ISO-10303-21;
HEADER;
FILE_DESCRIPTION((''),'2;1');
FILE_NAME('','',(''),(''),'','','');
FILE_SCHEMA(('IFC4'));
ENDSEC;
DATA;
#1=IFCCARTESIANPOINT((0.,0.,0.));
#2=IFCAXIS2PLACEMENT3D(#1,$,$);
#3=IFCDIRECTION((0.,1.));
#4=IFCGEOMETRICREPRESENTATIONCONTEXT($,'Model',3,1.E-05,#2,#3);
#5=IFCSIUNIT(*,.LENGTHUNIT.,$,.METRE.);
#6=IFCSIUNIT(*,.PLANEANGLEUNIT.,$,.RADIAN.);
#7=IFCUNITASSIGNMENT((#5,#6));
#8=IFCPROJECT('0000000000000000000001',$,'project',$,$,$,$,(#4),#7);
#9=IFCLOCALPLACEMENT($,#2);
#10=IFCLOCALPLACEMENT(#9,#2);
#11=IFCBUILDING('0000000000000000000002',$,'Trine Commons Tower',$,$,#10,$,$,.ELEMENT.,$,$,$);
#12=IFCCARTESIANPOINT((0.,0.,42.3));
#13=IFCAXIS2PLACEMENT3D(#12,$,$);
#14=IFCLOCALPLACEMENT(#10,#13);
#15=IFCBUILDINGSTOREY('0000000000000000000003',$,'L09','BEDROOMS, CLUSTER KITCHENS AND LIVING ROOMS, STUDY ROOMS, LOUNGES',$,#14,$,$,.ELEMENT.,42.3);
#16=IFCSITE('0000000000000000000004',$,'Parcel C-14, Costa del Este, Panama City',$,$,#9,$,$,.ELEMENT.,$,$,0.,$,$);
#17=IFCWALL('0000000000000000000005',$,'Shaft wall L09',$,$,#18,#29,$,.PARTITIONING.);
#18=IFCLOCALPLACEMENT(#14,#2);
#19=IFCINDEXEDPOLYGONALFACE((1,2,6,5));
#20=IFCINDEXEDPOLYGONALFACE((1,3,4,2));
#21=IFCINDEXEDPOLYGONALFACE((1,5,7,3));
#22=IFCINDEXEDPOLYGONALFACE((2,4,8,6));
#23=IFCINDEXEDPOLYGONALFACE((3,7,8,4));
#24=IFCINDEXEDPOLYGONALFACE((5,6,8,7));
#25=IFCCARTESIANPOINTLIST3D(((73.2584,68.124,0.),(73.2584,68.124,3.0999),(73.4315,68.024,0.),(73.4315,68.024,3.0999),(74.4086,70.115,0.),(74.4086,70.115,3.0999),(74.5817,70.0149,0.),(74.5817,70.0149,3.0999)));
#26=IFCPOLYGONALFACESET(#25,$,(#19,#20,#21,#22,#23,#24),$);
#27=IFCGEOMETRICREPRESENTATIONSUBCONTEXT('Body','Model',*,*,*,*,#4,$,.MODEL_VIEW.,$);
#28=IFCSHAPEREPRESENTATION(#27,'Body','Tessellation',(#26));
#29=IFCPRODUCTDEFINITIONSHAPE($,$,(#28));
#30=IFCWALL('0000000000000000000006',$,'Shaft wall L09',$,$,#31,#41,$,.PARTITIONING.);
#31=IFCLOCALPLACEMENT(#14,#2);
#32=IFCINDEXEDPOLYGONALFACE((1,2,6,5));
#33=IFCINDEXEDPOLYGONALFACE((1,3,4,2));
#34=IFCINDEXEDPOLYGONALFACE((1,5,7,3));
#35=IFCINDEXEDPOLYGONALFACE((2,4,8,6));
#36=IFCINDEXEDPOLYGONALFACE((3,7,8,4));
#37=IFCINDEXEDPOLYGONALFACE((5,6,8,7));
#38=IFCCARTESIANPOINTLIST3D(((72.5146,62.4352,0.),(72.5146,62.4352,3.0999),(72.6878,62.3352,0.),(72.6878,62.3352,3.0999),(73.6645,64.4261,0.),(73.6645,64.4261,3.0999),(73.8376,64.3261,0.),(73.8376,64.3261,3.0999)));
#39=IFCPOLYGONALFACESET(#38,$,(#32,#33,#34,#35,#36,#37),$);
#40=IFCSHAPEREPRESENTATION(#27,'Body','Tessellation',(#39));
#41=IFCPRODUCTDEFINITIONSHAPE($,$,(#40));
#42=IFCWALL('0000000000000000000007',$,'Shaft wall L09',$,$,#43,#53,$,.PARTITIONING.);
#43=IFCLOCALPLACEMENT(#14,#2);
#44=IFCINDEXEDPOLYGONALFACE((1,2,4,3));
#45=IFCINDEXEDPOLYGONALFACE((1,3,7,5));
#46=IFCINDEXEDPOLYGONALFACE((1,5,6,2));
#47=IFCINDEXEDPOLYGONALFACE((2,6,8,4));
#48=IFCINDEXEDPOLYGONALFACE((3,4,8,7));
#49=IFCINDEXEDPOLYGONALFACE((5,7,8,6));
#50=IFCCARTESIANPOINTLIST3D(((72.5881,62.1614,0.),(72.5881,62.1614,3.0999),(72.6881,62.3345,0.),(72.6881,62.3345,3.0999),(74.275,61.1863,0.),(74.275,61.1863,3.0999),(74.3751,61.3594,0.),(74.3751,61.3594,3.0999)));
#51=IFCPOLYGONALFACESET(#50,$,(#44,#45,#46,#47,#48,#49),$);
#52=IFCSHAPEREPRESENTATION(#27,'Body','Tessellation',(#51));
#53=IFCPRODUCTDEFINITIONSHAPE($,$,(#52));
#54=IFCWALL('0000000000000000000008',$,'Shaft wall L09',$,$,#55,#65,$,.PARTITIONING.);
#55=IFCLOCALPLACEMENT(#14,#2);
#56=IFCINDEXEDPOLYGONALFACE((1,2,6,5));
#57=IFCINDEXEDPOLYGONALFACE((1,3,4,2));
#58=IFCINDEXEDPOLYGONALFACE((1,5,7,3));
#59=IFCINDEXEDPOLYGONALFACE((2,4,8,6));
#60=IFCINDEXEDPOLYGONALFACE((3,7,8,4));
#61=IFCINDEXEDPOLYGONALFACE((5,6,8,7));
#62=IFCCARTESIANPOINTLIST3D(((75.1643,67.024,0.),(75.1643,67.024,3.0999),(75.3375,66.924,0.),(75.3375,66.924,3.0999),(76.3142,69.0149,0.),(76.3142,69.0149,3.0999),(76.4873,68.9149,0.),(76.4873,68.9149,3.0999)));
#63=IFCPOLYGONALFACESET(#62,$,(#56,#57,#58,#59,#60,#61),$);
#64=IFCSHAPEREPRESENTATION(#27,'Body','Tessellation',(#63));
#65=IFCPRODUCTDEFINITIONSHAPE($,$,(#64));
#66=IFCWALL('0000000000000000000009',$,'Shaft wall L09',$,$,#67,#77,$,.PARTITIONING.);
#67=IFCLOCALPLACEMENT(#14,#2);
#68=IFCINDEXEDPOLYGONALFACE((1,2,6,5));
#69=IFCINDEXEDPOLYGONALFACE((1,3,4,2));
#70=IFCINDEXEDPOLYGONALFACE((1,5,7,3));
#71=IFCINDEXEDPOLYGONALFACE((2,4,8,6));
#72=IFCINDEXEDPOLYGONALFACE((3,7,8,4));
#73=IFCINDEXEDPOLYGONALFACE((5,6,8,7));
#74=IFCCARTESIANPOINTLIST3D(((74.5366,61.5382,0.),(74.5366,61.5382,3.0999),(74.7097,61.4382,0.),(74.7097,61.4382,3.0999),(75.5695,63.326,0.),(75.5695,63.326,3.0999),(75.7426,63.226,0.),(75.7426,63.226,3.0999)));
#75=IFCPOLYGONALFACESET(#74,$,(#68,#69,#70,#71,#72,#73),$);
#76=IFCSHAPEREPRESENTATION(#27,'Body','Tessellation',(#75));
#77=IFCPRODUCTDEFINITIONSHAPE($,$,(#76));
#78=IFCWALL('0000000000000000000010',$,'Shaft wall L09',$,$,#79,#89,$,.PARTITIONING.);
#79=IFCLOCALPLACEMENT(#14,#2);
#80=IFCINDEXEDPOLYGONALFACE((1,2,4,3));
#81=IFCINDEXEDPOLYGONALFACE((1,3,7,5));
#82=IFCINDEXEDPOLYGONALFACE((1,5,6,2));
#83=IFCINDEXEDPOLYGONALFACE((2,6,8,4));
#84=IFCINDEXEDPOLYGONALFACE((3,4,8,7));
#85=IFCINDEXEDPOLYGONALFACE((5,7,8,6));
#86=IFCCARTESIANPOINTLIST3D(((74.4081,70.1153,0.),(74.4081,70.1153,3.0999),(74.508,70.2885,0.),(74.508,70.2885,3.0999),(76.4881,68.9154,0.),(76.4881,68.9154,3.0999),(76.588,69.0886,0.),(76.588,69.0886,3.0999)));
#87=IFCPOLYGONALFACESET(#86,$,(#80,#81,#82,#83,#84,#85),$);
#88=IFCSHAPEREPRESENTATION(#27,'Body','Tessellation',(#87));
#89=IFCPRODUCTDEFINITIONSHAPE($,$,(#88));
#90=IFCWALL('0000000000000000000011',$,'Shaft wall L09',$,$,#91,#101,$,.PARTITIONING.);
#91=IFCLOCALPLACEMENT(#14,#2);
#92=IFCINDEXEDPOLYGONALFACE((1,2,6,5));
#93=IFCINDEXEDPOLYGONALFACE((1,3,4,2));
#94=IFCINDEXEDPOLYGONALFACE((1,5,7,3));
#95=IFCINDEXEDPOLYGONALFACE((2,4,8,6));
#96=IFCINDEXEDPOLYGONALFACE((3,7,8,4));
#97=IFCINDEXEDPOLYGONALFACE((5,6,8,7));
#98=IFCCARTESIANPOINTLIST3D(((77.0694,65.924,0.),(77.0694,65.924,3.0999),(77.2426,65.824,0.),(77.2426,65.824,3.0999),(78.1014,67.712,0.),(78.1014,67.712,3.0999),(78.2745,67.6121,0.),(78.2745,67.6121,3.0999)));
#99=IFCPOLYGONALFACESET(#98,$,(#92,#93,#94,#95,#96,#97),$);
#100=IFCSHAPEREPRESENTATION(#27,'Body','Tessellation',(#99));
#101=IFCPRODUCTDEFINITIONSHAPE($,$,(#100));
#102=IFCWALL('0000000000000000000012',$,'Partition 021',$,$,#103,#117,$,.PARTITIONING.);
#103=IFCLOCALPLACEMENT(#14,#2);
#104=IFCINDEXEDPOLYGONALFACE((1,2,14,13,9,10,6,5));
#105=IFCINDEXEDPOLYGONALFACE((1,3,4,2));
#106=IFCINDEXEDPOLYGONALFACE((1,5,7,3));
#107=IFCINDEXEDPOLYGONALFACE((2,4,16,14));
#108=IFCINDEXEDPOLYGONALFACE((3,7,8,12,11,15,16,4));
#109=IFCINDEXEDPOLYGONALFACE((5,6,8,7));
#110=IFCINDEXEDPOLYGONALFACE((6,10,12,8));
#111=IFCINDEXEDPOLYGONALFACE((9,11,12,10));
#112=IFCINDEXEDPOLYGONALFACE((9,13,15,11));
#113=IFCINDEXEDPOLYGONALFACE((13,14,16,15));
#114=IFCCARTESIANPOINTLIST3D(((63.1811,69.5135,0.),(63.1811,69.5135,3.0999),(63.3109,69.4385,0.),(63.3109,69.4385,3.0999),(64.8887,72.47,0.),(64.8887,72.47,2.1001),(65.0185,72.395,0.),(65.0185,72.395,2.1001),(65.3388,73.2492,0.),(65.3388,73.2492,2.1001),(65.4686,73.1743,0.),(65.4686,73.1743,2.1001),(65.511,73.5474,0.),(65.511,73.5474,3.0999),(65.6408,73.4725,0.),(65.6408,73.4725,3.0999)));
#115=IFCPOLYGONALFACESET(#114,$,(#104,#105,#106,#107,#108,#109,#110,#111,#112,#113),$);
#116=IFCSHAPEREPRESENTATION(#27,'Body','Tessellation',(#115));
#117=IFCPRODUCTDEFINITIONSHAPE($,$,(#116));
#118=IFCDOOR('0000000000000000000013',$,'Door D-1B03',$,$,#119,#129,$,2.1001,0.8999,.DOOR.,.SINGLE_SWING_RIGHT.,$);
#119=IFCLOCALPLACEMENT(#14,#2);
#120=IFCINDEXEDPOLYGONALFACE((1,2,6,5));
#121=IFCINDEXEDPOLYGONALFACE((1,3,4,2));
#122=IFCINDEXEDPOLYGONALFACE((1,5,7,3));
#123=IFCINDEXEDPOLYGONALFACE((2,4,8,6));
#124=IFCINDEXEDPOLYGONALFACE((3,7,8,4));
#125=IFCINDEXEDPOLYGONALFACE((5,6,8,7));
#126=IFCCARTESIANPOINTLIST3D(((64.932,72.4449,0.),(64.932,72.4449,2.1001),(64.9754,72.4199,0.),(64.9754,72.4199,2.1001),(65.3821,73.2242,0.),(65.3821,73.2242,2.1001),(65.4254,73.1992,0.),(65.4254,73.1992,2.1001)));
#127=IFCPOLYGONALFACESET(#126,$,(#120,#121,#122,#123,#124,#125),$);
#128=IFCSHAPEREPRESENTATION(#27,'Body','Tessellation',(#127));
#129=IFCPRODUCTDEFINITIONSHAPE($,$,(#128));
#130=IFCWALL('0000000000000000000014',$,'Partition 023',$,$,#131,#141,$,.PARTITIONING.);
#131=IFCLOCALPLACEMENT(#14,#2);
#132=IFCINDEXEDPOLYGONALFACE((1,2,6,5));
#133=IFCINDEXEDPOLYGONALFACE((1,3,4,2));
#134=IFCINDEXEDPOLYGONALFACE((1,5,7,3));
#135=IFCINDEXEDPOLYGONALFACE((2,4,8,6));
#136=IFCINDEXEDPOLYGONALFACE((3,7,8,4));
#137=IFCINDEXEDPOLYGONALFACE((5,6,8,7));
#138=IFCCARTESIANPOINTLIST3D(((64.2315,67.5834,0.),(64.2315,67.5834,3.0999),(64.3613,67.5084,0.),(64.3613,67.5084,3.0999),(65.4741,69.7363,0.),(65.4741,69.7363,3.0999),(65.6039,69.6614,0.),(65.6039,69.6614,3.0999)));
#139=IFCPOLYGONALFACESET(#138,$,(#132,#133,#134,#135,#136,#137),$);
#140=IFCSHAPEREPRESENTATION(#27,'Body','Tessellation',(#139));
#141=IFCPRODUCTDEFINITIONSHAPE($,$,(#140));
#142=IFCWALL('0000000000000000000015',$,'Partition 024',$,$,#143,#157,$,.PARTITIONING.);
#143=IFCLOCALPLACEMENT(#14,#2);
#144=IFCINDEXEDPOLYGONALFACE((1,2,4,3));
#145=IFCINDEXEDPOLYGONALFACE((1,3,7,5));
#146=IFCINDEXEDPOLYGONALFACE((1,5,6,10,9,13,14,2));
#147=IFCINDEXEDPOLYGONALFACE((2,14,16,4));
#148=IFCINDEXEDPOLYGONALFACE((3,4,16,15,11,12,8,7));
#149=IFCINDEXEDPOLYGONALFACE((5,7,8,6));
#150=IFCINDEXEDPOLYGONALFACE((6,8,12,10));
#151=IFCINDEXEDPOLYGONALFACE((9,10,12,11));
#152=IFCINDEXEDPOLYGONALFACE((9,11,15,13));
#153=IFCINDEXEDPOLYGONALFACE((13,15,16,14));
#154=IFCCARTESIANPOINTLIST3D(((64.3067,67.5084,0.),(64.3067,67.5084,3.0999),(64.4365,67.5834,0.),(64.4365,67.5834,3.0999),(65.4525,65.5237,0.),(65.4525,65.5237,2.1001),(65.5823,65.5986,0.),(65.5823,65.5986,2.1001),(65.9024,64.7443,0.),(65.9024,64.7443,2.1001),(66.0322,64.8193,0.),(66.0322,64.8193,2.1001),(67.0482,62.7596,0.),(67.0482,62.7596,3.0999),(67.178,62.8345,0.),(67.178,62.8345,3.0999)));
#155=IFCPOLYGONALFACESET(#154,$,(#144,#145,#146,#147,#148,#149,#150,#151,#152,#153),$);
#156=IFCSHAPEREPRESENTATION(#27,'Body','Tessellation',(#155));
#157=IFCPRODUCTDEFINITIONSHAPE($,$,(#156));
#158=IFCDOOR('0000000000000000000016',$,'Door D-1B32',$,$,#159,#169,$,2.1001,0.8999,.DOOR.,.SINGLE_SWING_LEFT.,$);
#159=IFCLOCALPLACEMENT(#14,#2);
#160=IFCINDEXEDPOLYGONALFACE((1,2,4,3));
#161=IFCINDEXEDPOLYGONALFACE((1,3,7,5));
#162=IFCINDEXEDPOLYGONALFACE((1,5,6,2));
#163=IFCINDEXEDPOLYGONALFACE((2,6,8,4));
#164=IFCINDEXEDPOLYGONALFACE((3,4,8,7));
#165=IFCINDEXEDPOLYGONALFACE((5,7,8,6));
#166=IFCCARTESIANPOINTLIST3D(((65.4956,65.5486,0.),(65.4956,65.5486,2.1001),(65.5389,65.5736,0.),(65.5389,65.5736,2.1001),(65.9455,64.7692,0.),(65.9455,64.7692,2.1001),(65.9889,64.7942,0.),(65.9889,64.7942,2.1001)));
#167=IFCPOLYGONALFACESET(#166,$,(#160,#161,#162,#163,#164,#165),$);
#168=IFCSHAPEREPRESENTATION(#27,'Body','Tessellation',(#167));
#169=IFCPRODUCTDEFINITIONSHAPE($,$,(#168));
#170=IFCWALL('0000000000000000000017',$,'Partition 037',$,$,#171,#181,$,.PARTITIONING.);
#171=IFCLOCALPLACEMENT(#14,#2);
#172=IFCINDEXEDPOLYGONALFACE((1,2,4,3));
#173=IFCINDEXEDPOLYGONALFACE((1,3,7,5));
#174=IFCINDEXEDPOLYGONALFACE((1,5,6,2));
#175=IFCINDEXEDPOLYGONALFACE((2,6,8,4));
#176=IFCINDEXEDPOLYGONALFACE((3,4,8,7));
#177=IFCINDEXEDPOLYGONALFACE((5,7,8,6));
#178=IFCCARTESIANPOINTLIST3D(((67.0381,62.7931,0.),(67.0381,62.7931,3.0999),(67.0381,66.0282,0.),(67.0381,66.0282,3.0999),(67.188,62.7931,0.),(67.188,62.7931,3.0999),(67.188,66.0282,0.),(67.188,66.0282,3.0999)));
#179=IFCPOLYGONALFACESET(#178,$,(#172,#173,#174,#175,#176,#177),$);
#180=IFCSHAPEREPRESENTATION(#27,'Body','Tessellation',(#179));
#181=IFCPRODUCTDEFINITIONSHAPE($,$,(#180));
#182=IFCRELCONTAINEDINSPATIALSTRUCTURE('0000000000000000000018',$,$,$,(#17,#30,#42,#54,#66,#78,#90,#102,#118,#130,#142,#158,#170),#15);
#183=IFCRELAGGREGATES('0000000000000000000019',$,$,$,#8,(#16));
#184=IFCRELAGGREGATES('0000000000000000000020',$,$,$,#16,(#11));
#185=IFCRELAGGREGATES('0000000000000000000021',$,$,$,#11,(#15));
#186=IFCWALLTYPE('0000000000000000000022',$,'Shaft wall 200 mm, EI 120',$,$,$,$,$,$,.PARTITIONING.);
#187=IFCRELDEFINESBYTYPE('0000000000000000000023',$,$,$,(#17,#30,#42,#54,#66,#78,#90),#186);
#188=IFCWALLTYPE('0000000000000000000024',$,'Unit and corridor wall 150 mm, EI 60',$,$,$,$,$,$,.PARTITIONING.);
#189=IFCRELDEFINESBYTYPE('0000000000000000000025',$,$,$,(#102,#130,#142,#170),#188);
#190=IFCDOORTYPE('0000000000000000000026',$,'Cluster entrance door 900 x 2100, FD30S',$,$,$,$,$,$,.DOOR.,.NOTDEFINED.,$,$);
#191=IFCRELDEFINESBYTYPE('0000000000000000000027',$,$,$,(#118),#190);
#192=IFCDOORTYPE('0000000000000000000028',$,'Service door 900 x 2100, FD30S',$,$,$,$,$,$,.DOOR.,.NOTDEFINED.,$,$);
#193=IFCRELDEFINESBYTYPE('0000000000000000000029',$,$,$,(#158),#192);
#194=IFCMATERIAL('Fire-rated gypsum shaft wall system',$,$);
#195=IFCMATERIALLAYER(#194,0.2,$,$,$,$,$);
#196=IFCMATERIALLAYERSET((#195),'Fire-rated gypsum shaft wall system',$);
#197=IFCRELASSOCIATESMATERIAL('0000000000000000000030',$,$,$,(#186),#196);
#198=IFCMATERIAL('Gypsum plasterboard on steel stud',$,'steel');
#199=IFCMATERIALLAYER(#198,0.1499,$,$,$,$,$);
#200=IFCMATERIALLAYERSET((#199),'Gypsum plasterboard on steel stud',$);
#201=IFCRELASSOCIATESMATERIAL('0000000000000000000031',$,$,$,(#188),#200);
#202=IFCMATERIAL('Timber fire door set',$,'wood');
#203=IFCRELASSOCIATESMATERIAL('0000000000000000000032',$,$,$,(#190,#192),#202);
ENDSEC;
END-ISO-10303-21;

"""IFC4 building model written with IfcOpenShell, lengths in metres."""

from ifc_helpers import new_model, si_unit, direction, frame, frame_2d, origin, place, context, subcontext, project, spatial, rectangle, extrude, material, layer, layer_set, type_object, element, fill, save


model = new_model("IFC4")

# Units and contexts
model_context = context("Model", 3, precision=1e-05, world=origin(), true_north=direction((0.0, 1.0)))
body_context = subcontext(model_context, "Body", "Model", "MODEL_VIEW")
ifc_project = project(units=[si_unit("LENGTHUNIT", "METRE"), si_unit("PLANEANGLEUNIT", "RADIAN")], contexts=[model_context])

# Site, building, storey
site_placement = place(None, origin())
site = spatial("IfcSite", under=ifc_project, at=site_placement, Name="Parcel C-14, Costa del Este, Panama City", CompositionType="ELEMENT", RefElevation=0.0)
building_placement = place(site_placement, origin())
building = spatial("IfcBuilding", under=site, at=building_placement, Name="Trine Commons Tower", CompositionType="ELEMENT")
storey_placement = place(building_placement, frame((0.0, 0.0, 42.3)))
storey = spatial("IfcBuildingStorey", under=building, at=storey_placement, Name="L09", Description="BEDROOMS, CLUSTER KITCHENS AND LIVING ROOMS, STUDY ROOMS, LOUNGES", CompositionType="ELEMENT", Elevation=42.3)

# Shared definitions
ifc_material_1 = material(Name="Fire-rated gypsum shaft wall system")

# Walls
ifc_layer_1 = layer(ifc_material_1, 0.2)
ifc_layer_set_1 = layer_set([ifc_layer_1], Name="Fire-rated gypsum shaft wall system")
wall_type_1 = type_object("IfcWallType", Name="Shaft wall 200 mm, EI 120", PredefinedType="PARTITIONING", material=ifc_layer_set_1)
wall_1_placement = place(storey_placement, frame((73.345, 68.074, 0.0), z_axis=(0.0, 0.0, 1.0), x_axis=(0.500216, 0.865901, 0.0)))
element("IfcWall", 1, at=wall_1_placement, inside=storey, type_object=wall_type_1, Name="Shaft wall L09", PredefinedType="PARTITIONING", context=body_context, shape_type="SweptSolid", body=[
    extrude(rectangle(XDim=2.2993, YDim=0.2, at=frame_2d((1.1497, 0.0))), origin(), (0.0, 0.0, 1.0), 3.0999),
])
wall_2_placement = place(storey_placement, frame((73.751, 64.376, 0.0), z_axis=(0.0, 0.0, 1.0), x_axis=(-0.500136, -0.865947, 0.0)))
element("IfcWall", 2, at=wall_2_placement, inside=storey, type_object=wall_type_1, Name="Shaft wall L09", PredefinedType="PARTITIONING", context=body_context, shape_type="SweptSolid", body=[
    extrude(rectangle(XDim=2.2991, YDim=0.2, at=frame_2d((1.1494, 0.0))), origin(), (0.0, 0.0, 1.0), 3.0999),
])
wall_3_placement = place(storey_placement, frame((74.325, 61.2729, 0.0), z_axis=(0.0, 0.0, 1.0), x_axis=(-0.865781, 0.500424, 0.0)))
element("IfcWall", 3, at=wall_3_placement, inside=storey, type_object=wall_type_1, Name="Shaft wall L09", PredefinedType="PARTITIONING", context=body_context, shape_type="SweptSolid", body=[
    extrude(rectangle(XDim=1.9485, YDim=0.2, at=frame_2d((0.9741, 0.0))), origin(), (0.0, 0.0, 1.0), 3.0999),
])
wall_4_placement = place(storey_placement, frame((75.251, 66.9741, 0.0), z_axis=(0.0, 0.0, 1.0), x_axis=(0.500136, 0.865947, 0.0)))
element("IfcWall", 4, at=wall_4_placement, inside=storey, type_object=wall_type_1, Name="Shaft wall L09", PredefinedType="PARTITIONING", context=body_context, shape_type="SweptSolid", body=[
    extrude(rectangle(XDim=2.2991, YDim=0.2, at=frame_2d((1.1494, 0.0))), origin(), (0.0, 0.0, 1.0), 3.0999),
])
wall_5_placement = place(storey_placement, frame((75.656, 63.2759, 0.0), z_axis=(0.0, 0.0, 1.0), x_axis=(-0.500272, -0.865868, 0.0)))
element("IfcWall", 5, at=wall_5_placement, inside=storey, type_object=wall_type_1, Name="Shaft wall L09", PredefinedType="PARTITIONING", context=body_context, shape_type="SweptSolid", body=[
    extrude(rectangle(XDim=2.0647, YDim=0.2, at=frame_2d((1.0322, 0.0))), origin(), (0.0, 0.0, 1.0), 3.0999),
])
wall_6_placement = place(storey_placement, frame((76.5381, 69.002, 0.0), z_axis=(0.0, 0.0, 1.0), x_axis=(-0.866203, 0.499693, 0.0)))
element("IfcWall", 6, at=wall_6_placement, inside=storey, type_object=wall_type_1, Name="Shaft wall L09", PredefinedType="PARTITIONING", context=body_context, shape_type="SweptSolid", body=[
    extrude(rectangle(XDim=2.4014, YDim=0.2, at=frame_2d((1.2007, 0.0))), origin(), (0.0, 0.0, 1.0), 3.0999),
])
wall_7_placement = place(storey_placement, frame((77.156, 65.874, 0.0), z_axis=(0.0, 0.0, 1.0), x_axis=(0.499866, 0.866103, 0.0)))
element("IfcWall", 7, at=wall_7_placement, inside=storey, type_object=wall_type_1, Name="Shaft wall L09", PredefinedType="PARTITIONING", context=body_context, shape_type="SweptSolid", body=[
    extrude(rectangle(XDim=2.0645, YDim=0.2, at=frame_2d((1.0322, 0.0))), origin(), (0.0, 0.0, 1.0), 3.0999),
])

# Wall, opening, door
ifc_material_2 = material(Name="Gypsum plasterboard on steel stud", Category="steel")
ifc_layer_2 = layer(ifc_material_2, 0.1499)
ifc_layer_set_2 = layer_set([ifc_layer_2], Name="Gypsum plasterboard on steel stud")
wall_type_2 = type_object("IfcWallType", Name="Unit and corridor wall 150 mm, EI 60", PredefinedType="PARTITIONING", material=ifc_layer_set_2)
wall_8_placement = place(storey_placement, frame((63.2461, 69.4761, 0.0), z_axis=(0.0, 0.0, 1.0), x_axis=(0.500135, 0.865947, 0.0)))
wall_8 = element("IfcWall", 8, at=wall_8_placement, inside=storey, type_object=wall_type_2, Name="Partition 021", PredefinedType="PARTITIONING", context=body_context, shape_type="SweptSolid", body=[
    extrude(rectangle(XDim=4.6584, YDim=0.1499, at=frame_2d((2.3291, 0.0))), origin(), (0.0, 0.0, 1.0), 3.0999),
])
opening_1_placement = place(wall_8_placement, frame((3.4141, 0.0, 0.0)))
opening_1 = element("IfcOpeningElement", 9, at=opening_1_placement, cuts=wall_8, PredefinedType="OPENING", context=body_context, shape_type="SweptSolid", body=[
    extrude(rectangle(XDim=0.8999, YDim=2.1001, at=frame_2d((0.45, 1.05))), frame((0.0, 0.085, 0.0), z_axis=(0.0, -1.0, 0.0), x_axis=(1.0, 0.0, 0.0)), (0.0, 0.0, 1.0), 0.1699),
])
ifc_material_3 = material(Name="Timber fire door set", Category="wood")
door_type_1 = type_object("IfcDoorType", Name="Cluster entrance door 900 x 2100, FD30S", OperationType="NOTDEFINED", PredefinedType="DOOR", material=ifc_material_3)
door_1_placement = place(opening_1_placement, origin())
door_1 = element("IfcDoor", 10, at=door_1_placement, inside=storey, type_object=door_type_1, Name="Door D-1B03", OperationType="SINGLE_SWING_RIGHT", OverallHeight=2.1001, OverallWidth=0.8999, PredefinedType="DOOR", context=body_context, shape_type="SweptSolid", body=[
    extrude(rectangle(XDim=0.8999, YDim=2.1001, at=frame_2d((0.45, 1.05))), frame((0.0, 0.0249, 0.0), z_axis=(0.0, -1.0, 0.0), x_axis=(1.0, 0.0, 0.0)), (0.0, 0.0, 1.0), 0.05),
])
fill(opening_1, door_1)

# Wall
wall_9_placement = place(storey_placement, frame((64.2964, 67.5459, 0.0), z_axis=(0.0, 0.0, 1.0), x_axis=(0.499878, 0.866096, 0.0)))
element("IfcWall", 11, at=wall_9_placement, inside=storey, type_object=wall_type_2, Name="Partition 023", PredefinedType="PARTITIONING", context=body_context, shape_type="SweptSolid", body=[
    extrude(rectangle(XDim=2.4858, YDim=0.1499, at=frame_2d((1.2429, 0.0))), origin(), (0.0, 0.0, 1.0), 3.0999),
])

# Wall, opening, door
wall_10_placement = place(storey_placement, frame((64.3716, 67.5459, 0.0), z_axis=(0.0, 0.0, 1.0), x_axis=(0.499965, -0.866045, 0.0)))
wall_10 = element("IfcWall", 12, at=wall_10_placement, inside=storey, type_object=wall_type_2, Name="Partition 024", PredefinedType="PARTITIONING", context=body_context, shape_type="SweptSolid", body=[
    extrude(rectangle(XDim=5.4834, YDim=0.1499, at=frame_2d((2.7417, 0.0))), origin(), (0.0, 0.0, 1.0), 3.0999),
])
opening_2_placement = place(wall_10_placement, frame((2.2917, 0.0, 0.0)))
opening_2 = element("IfcOpeningElement", 13, at=opening_2_placement, cuts=wall_10, PredefinedType="OPENING", context=body_context, shape_type="SweptSolid", body=[
    extrude(rectangle(XDim=0.8999, YDim=2.1001, at=frame_2d((0.45, 1.05))), frame((0.0, 0.085, 0.0), z_axis=(0.0, -1.0, 0.0), x_axis=(1.0, 0.0, 0.0)), (0.0, 0.0, 1.0), 0.1699),
])
door_type_2 = type_object("IfcDoorType", Name="Service door 900 x 2100, FD30S", OperationType="NOTDEFINED", PredefinedType="DOOR", material=ifc_material_3)
door_2_placement = place(opening_2_placement, origin())
door_2 = element("IfcDoor", 14, at=door_2_placement, inside=storey, type_object=door_type_2, Name="Door D-1B32", OperationType="SINGLE_SWING_LEFT", OverallHeight=2.1001, OverallWidth=0.8999, PredefinedType="DOOR", context=body_context, shape_type="SweptSolid", body=[
    extrude(rectangle(XDim=0.8999, YDim=2.1001, at=frame_2d((0.45, 1.05))), frame((0.0, 0.0249, 0.0), z_axis=(0.0, -1.0, 0.0), x_axis=(1.0, 0.0, 0.0)), (0.0, 0.0, 1.0), 0.05),
])
fill(opening_2, door_2)

# Wall
wall_11_placement = place(storey_placement, frame((67.113, 62.793, 0.0), z_axis=(0.0, 0.0, 1.0), x_axis=(0.0, 1.0, 0.0)))
element("IfcWall", 15, at=wall_11_placement, inside=storey, type_object=wall_type_2, Name="Partition 037", PredefinedType="PARTITIONING", context=body_context, shape_type="SweptSolid", body=[
    extrude(rectangle(XDim=3.2351, YDim=0.1499, at=frame_2d((1.6177, 0.0))), origin(), (0.0, 0.0, 1.0), 3.0999),
])

save(model, "model.ifc")
